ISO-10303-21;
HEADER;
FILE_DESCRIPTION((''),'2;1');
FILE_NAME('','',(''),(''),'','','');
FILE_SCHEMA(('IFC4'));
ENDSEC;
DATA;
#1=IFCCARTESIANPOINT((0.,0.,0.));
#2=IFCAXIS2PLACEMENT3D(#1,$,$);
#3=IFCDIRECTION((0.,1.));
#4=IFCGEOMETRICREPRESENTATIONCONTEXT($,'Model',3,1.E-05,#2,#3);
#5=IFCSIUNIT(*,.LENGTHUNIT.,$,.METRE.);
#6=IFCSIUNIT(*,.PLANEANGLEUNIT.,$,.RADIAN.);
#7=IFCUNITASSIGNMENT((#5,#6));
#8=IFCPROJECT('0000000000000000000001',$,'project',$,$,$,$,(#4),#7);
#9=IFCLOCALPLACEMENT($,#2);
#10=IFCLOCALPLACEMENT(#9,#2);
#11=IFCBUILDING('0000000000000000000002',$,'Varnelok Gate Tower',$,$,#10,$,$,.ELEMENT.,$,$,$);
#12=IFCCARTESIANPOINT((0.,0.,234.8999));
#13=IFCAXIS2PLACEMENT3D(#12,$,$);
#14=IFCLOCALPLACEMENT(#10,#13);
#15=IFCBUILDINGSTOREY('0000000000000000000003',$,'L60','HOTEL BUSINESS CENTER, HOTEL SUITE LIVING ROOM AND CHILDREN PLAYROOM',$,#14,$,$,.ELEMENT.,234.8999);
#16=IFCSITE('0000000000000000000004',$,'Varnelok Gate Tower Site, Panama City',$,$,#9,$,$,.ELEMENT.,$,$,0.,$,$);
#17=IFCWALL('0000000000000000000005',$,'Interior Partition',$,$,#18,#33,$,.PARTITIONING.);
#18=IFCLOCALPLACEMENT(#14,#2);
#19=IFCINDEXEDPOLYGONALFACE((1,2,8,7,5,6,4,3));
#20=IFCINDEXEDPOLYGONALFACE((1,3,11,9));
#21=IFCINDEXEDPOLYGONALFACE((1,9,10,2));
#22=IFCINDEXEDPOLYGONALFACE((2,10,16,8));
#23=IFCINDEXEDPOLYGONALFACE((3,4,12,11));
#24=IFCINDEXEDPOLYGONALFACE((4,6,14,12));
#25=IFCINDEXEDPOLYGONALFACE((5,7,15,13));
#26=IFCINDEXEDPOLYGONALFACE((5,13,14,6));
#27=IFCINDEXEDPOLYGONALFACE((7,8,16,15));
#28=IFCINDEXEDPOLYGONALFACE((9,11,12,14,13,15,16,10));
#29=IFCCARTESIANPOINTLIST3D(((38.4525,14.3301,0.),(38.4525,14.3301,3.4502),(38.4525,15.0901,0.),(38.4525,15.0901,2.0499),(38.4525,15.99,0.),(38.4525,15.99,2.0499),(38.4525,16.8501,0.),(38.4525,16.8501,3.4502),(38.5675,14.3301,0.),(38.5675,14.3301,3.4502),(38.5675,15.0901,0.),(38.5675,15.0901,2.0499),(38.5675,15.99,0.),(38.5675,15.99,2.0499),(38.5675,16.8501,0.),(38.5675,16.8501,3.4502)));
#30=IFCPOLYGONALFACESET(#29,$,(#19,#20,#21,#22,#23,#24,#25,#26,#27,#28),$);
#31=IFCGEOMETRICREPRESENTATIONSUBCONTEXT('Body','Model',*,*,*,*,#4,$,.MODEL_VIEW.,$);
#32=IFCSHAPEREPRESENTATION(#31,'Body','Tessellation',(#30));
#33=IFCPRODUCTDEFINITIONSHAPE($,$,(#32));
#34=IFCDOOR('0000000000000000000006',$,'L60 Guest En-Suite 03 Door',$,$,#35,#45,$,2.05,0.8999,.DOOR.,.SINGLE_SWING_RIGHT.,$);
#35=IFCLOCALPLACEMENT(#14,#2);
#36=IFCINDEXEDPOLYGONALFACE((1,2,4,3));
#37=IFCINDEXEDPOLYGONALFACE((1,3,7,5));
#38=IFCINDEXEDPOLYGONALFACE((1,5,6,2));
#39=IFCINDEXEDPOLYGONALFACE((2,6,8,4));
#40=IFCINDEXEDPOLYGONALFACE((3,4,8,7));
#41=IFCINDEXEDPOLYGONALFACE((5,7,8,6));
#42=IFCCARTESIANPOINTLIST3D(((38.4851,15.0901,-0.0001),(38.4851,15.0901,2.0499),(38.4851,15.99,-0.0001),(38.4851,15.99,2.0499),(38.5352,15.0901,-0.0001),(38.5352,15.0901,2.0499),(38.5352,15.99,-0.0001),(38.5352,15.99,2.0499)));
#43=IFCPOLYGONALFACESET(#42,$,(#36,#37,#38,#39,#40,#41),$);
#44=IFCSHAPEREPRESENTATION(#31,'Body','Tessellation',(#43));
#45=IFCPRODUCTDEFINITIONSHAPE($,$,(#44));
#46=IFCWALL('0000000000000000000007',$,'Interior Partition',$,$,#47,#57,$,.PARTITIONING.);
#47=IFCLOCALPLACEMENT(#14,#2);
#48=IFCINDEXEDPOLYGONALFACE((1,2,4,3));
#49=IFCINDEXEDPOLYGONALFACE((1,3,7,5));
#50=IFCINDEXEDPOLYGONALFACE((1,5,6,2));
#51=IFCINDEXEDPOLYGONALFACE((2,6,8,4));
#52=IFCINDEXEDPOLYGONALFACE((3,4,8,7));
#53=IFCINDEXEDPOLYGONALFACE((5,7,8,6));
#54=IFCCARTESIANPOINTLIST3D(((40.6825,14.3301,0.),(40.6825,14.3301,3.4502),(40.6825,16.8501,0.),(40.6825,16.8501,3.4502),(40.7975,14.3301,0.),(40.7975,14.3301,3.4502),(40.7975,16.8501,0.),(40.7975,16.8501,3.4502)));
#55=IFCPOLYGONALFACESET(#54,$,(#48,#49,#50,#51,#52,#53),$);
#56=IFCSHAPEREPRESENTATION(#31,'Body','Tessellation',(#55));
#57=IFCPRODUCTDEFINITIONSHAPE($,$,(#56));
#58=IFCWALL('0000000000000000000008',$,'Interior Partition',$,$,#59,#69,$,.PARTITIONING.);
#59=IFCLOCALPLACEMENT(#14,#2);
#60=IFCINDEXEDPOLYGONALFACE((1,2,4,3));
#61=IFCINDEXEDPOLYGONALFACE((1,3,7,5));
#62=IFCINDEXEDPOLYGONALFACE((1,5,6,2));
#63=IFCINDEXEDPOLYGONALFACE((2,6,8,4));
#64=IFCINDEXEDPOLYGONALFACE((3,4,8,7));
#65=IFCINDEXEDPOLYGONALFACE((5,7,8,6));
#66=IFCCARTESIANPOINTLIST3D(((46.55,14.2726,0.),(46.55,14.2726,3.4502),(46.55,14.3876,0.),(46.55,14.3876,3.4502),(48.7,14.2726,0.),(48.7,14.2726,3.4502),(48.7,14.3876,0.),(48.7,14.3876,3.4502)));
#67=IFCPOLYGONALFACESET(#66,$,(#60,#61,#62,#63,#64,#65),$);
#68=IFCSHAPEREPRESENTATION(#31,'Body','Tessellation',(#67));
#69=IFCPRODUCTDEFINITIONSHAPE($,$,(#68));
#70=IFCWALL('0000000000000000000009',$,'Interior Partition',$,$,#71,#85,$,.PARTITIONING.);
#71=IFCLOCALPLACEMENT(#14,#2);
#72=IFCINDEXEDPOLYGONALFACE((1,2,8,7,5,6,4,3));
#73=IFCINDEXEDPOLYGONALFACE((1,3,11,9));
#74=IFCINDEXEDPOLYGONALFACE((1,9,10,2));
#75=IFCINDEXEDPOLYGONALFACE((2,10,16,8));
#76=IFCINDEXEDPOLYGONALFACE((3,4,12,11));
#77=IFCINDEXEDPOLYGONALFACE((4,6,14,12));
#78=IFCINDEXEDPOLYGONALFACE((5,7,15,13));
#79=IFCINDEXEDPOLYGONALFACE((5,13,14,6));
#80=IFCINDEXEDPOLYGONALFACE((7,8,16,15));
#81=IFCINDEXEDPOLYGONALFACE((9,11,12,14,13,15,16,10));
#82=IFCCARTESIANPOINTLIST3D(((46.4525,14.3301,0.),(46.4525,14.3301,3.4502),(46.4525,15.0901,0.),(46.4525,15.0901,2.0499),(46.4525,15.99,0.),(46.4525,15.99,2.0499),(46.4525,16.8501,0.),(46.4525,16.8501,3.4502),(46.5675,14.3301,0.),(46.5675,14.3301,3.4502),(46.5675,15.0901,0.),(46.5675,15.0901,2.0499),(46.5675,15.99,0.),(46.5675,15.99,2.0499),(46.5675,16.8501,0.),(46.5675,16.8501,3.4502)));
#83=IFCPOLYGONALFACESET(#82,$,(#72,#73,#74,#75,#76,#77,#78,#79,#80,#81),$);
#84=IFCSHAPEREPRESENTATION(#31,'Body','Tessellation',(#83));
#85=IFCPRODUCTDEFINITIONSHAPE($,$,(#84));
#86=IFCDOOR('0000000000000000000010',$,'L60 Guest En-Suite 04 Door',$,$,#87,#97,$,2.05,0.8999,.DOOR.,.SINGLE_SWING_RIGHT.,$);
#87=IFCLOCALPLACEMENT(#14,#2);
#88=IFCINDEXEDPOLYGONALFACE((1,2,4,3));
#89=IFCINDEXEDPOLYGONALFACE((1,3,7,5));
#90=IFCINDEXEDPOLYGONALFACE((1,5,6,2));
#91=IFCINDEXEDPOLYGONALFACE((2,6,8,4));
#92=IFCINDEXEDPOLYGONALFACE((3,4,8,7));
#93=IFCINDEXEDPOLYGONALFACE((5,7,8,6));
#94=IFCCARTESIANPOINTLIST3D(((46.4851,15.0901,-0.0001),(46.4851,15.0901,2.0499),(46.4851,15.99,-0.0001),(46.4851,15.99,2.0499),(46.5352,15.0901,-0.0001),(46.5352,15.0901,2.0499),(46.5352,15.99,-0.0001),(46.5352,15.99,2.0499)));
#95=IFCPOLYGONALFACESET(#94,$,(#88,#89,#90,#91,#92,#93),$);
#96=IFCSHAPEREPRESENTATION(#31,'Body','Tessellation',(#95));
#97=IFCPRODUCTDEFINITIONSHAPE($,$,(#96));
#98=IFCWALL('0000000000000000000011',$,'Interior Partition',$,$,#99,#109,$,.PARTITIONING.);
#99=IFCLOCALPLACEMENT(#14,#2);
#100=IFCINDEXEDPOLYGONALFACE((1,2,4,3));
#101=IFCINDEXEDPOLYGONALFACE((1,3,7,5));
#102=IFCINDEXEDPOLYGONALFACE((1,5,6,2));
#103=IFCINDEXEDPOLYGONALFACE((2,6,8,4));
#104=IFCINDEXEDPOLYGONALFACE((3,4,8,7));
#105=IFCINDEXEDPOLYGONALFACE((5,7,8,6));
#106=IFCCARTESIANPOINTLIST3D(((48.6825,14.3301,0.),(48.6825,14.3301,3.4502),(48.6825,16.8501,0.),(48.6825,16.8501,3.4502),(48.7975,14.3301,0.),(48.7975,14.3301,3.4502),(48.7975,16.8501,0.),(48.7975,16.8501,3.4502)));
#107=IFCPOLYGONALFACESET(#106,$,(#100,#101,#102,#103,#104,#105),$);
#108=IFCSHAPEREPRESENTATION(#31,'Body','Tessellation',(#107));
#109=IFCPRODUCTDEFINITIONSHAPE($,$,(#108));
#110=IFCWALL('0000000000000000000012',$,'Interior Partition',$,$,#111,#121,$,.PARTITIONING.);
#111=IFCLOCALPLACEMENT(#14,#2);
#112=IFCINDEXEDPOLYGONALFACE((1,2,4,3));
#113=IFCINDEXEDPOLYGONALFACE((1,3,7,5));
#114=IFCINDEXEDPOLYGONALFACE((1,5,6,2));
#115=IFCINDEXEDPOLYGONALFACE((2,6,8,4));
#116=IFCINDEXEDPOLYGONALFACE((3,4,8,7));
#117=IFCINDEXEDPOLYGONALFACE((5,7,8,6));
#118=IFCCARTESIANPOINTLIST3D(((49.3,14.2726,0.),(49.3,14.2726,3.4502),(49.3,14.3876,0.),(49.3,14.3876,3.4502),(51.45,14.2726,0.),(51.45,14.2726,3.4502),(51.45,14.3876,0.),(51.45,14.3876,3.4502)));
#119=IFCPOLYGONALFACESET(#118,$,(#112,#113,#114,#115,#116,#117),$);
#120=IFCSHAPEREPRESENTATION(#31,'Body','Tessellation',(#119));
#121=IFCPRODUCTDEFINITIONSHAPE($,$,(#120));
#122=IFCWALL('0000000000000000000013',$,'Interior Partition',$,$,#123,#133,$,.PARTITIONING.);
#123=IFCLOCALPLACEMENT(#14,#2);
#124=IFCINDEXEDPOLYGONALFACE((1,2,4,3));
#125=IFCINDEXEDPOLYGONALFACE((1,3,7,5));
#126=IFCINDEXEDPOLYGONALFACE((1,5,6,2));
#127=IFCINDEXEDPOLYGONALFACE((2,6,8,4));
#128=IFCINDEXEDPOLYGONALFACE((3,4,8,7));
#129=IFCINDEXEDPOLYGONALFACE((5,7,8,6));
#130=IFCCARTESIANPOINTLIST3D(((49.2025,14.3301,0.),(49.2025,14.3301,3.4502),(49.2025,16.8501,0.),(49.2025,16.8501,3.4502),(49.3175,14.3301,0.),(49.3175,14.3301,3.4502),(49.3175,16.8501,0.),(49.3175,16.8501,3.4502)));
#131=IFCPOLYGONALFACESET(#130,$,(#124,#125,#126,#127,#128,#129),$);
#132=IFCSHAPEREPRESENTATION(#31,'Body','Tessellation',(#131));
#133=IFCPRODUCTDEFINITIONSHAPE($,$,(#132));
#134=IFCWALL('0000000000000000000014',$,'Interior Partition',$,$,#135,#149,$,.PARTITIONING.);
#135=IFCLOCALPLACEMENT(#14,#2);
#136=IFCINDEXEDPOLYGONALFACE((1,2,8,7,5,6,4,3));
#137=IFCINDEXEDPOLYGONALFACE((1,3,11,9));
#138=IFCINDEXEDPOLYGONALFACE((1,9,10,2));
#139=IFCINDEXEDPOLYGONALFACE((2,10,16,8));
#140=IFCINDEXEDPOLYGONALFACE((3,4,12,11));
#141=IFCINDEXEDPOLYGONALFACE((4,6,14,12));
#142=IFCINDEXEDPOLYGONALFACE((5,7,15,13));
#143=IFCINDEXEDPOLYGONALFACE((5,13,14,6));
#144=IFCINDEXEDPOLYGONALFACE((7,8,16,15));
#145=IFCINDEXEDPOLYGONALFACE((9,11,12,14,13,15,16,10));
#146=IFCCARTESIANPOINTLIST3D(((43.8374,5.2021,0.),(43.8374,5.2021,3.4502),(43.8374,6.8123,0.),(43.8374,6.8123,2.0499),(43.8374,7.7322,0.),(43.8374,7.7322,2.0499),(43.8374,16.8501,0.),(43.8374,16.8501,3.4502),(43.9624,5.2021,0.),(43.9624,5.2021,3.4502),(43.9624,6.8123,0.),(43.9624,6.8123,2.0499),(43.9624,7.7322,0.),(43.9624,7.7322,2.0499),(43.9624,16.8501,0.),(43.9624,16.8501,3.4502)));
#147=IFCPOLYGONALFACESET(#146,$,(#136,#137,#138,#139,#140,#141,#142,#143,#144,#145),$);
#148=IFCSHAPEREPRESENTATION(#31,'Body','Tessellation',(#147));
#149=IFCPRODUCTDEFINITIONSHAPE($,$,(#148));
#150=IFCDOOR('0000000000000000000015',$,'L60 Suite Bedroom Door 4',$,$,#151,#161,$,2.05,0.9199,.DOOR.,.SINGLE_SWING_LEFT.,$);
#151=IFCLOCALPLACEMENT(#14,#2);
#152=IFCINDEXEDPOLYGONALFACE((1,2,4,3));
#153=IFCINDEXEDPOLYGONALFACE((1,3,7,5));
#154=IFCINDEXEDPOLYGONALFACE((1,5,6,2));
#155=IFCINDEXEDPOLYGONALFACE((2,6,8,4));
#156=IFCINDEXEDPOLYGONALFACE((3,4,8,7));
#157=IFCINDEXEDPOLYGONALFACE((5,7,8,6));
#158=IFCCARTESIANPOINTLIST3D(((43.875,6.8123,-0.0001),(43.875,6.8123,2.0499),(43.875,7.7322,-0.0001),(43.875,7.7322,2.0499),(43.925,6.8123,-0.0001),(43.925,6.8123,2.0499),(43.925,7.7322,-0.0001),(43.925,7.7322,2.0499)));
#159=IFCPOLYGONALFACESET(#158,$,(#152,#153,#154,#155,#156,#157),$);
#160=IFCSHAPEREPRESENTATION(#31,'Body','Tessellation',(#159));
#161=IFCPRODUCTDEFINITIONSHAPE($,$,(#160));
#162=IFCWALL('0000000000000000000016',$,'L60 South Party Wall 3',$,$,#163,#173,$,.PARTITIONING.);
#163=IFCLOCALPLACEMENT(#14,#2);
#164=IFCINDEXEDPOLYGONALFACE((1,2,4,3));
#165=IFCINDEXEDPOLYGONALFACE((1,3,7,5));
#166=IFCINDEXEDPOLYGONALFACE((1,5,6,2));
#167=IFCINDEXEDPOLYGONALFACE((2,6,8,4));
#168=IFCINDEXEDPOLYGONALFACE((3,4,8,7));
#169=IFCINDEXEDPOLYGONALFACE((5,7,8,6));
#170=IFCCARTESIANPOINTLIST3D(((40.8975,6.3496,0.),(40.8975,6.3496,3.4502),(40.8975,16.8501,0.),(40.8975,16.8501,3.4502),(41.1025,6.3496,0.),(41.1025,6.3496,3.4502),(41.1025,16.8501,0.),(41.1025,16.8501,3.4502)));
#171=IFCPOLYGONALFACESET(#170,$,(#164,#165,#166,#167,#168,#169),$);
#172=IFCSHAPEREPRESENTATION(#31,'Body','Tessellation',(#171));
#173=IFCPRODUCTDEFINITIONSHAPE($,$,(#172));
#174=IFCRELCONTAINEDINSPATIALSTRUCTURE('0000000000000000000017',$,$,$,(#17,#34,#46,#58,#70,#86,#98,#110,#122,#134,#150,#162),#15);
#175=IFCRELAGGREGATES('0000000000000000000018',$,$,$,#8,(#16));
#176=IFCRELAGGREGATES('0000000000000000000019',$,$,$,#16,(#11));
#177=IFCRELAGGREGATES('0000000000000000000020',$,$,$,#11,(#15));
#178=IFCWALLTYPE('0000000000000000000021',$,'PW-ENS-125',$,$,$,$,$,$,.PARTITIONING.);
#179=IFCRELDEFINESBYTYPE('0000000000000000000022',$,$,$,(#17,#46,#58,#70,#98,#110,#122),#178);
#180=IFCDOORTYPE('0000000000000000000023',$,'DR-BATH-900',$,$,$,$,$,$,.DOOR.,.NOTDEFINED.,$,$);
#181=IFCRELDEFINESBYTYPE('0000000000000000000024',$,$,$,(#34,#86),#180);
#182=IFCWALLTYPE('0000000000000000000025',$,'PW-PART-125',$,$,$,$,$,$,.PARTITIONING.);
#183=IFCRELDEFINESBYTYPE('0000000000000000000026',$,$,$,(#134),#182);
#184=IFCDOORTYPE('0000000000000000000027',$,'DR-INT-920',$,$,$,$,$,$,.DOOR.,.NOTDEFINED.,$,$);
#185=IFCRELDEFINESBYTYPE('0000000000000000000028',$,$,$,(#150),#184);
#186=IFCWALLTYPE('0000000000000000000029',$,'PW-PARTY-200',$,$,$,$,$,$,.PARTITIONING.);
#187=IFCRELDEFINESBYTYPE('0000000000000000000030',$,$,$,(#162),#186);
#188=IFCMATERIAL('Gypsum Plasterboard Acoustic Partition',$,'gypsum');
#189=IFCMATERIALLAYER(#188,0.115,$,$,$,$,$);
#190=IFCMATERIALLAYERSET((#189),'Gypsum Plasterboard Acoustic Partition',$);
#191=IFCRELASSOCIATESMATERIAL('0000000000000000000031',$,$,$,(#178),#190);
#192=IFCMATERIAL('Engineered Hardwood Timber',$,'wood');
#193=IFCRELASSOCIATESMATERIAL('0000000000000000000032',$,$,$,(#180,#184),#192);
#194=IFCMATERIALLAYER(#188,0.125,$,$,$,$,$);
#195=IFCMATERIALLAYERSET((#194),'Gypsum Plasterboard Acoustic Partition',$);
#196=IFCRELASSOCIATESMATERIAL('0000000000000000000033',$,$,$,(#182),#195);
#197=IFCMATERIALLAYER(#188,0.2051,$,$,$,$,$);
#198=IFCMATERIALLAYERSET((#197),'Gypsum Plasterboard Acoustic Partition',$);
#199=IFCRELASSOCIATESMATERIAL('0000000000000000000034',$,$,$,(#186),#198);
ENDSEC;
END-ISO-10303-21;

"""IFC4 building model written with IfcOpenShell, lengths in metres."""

from ifc_helpers import new_model, si_unit, direction, frame, frame_2d, origin, place, context, subcontext, project, spatial, rectangle, extrude, material, layer, layer_set, type_object, element, fill, save


model = new_model("IFC4")

# Units and contexts
model_context = context("Model", 3, precision=1e-05, world=origin(), true_north=direction((0.0, 1.0)))
body_context = subcontext(model_context, "Body", "Model", "MODEL_VIEW")
ifc_project = project(units=[si_unit("LENGTHUNIT", "METRE"), si_unit("PLANEANGLEUNIT", "RADIAN")], contexts=[model_context])

# Site, building, storey
site_placement = place(None, origin())
site = spatial("IfcSite", under=ifc_project, at=site_placement, Name="Varnelok Gate Tower Site, Panama City", CompositionType="ELEMENT", RefElevation=0.0)
building_placement = place(site_placement, origin())
building = spatial("IfcBuilding", under=site, at=building_placement, Name="Varnelok Gate Tower", CompositionType="ELEMENT")
storey_placement = place(building_placement, frame((0.0, 0.0, 234.8999)))
storey = spatial("IfcBuildingStorey", under=building, at=storey_placement, Name="L60", Description="HOTEL BUSINESS CENTER, HOTEL SUITE LIVING ROOM AND CHILDREN PLAYROOM", CompositionType="ELEMENT", Elevation=234.8999)

# Shared definitions
ifc_material_1 = material(Name="Gypsum Plasterboard Acoustic Partition", Category="gypsum")
ifc_material_2 = material(Name="Engineered Hardwood Timber", Category="wood")

# Shared definitions
ifc_layer_1 = layer(ifc_material_1, 0.115)
ifc_layer_set_1 = layer_set([ifc_layer_1], Name="Gypsum Plasterboard Acoustic Partition")
wall_type_1 = type_object("IfcWallType", Name="PW-ENS-125", PredefinedType="PARTITIONING", material=ifc_layer_set_1)

# Wall, opening, door
wall_1_placement = place(storey_placement, frame((38.51, 14.3301, 0.0), z_axis=(0.0, 0.0, 1.0), x_axis=(0.0, 1.0, 0.0)))
wall_1 = element("IfcWall", 1, at=wall_1_placement, inside=storey, type_object=wall_type_1, Name="Interior Partition", PredefinedType="PARTITIONING", context=body_context, shape_type="SweptSolid", body=[
    extrude(rectangle(XDim=2.52, YDim=0.115, at=frame_2d((1.26, 0.0))), origin(), (0.0, 0.0, 1.0), 3.4502),
])
opening_1_placement = place(wall_1_placement, frame((0.76, 0.0, 0.0)))
opening_1 = element("IfcOpeningElement", 2, at=opening_1_placement, cuts=wall_1, PredefinedType="OPENING", context=body_context, shape_type="SweptSolid", body=[
    extrude(rectangle(XDim=0.8999, YDim=2.05, at=frame_2d((0.45, 1.0249))), frame((0.0, 0.0674, 0.0), z_axis=(0.0, -1.0, 0.0), x_axis=(1.0, 0.0, 0.0)), (0.0, 0.0, 1.0), 0.135),
])
door_type_1 = type_object("IfcDoorType", Name="DR-BATH-900", OperationType="NOTDEFINED", PredefinedType="DOOR", material=ifc_material_2)
door_1_placement = place(opening_1_placement, origin())
door_1 = element("IfcDoor", 3, at=door_1_placement, inside=storey, type_object=door_type_1, Name="L60 Guest En-Suite 03 Door", OperationType="SINGLE_SWING_RIGHT", OverallHeight=2.05, OverallWidth=0.8999, PredefinedType="DOOR", context=body_context, shape_type="SweptSolid", body=[
    extrude(rectangle(XDim=0.8999, YDim=2.05, at=frame_2d((0.45, 1.0249))), frame((0.0, 0.0249, 0.0), z_axis=(0.0, -1.0, 0.0), x_axis=(1.0, 0.0, 0.0)), (0.0, 0.0, 1.0), 0.05),
])
fill(opening_1, door_1)

# Walls
wall_2_placement = place(storey_placement, frame((40.74, 14.3301, 0.0), z_axis=(0.0, 0.0, 1.0), x_axis=(0.0, 1.0, 0.0)))
element("IfcWall", 4, at=wall_2_placement, inside=storey, type_object=wall_type_1, Name="Interior Partition", PredefinedType="PARTITIONING", context=body_context, shape_type="SweptSolid", body=[
    extrude(rectangle(XDim=2.52, YDim=0.115, at=frame_2d((1.26, 0.0))), origin(), (0.0, 0.0, 1.0), 3.4502),
])
wall_3_placement = place(storey_placement, frame((46.55, 14.3301, 0.0), z_axis=(0.0, 0.0, 1.0), x_axis=(1.0, 0.0, 0.0)))
element("IfcWall", 5, at=wall_3_placement, inside=storey, type_object=wall_type_1, Name="Interior Partition", PredefinedType="PARTITIONING", context=body_context, shape_type="SweptSolid", body=[
    extrude(rectangle(XDim=2.1499, YDim=0.115, at=frame_2d((1.075, 0.0))), origin(), (0.0, 0.0, 1.0), 3.4502),
])

# Wall, opening, door
wall_4_placement = place(storey_placement, frame((46.51, 14.3301, 0.0), z_axis=(0.0, 0.0, 1.0), x_axis=(0.0, 1.0, 0.0)))
wall_4 = element("IfcWall", 6, at=wall_4_placement, inside=storey, type_object=wall_type_1, Name="Interior Partition", PredefinedType="PARTITIONING", context=body_context, shape_type="SweptSolid", body=[
    extrude(rectangle(XDim=2.52, YDim=0.115, at=frame_2d((1.26, 0.0))), origin(), (0.0, 0.0, 1.0), 3.4502),
])
opening_2_placement = place(wall_4_placement, frame((0.76, 0.0, 0.0)))
opening_2 = element("IfcOpeningElement", 7, at=opening_2_placement, cuts=wall_4, PredefinedType="OPENING", context=body_context, shape_type="SweptSolid", body=[
    extrude(rectangle(XDim=0.8999, YDim=2.05, at=frame_2d((0.45, 1.0249))), frame((0.0, 0.0674, 0.0), z_axis=(0.0, -1.0, 0.0), x_axis=(1.0, 0.0, 0.0)), (0.0, 0.0, 1.0), 0.135),
])
door_2_placement = place(opening_2_placement, origin())
door_2 = element("IfcDoor", 8, at=door_2_placement, inside=storey, type_object=door_type_1, Name="L60 Guest En-Suite 04 Door", OperationType="SINGLE_SWING_RIGHT", OverallHeight=2.05, OverallWidth=0.8999, PredefinedType="DOOR", context=body_context, shape_type="SweptSolid", body=[
    extrude(rectangle(XDim=0.8999, YDim=2.05, at=frame_2d((0.45, 1.0249))), frame((0.0, 0.0249, 0.0), z_axis=(0.0, -1.0, 0.0), x_axis=(1.0, 0.0, 0.0)), (0.0, 0.0, 1.0), 0.05),
])
fill(opening_2, door_2)

# Walls
wall_5_placement = place(storey_placement, frame((48.74, 14.3301, 0.0), z_axis=(0.0, 0.0, 1.0), x_axis=(0.0, 1.0, 0.0)))
element("IfcWall", 9, at=wall_5_placement, inside=storey, type_object=wall_type_1, Name="Interior Partition", PredefinedType="PARTITIONING", context=body_context, shape_type="SweptSolid", body=[
    extrude(rectangle(XDim=2.52, YDim=0.115, at=frame_2d((1.26, 0.0))), origin(), (0.0, 0.0, 1.0), 3.4502),
])
wall_6_placement = place(storey_placement, frame((49.3, 14.3301, 0.0), z_axis=(0.0, 0.0, 1.0), x_axis=(1.0, 0.0, 0.0)))
element("IfcWall", 10, at=wall_6_placement, inside=storey, type_object=wall_type_1, Name="Interior Partition", PredefinedType="PARTITIONING", context=body_context, shape_type="SweptSolid", body=[
    extrude(rectangle(XDim=2.1499, YDim=0.115, at=frame_2d((1.075, 0.0))), origin(), (0.0, 0.0, 1.0), 3.4502),
])
wall_7_placement = place(storey_placement, frame((49.26, 14.3301, 0.0), z_axis=(0.0, 0.0, 1.0), x_axis=(0.0, 1.0, 0.0)))
element("IfcWall", 11, at=wall_7_placement, inside=storey, type_object=wall_type_1, Name="Interior Partition", PredefinedType="PARTITIONING", context=body_context, shape_type="SweptSolid", body=[
    extrude(rectangle(XDim=2.52, YDim=0.115, at=frame_2d((1.26, 0.0))), origin(), (0.0, 0.0, 1.0), 3.4502),
])

# Wall, opening, door
ifc_layer_2 = layer(ifc_material_1, 0.125)
ifc_layer_set_2 = layer_set([ifc_layer_2], Name="Gypsum Plasterboard Acoustic Partition")
wall_type_2 = type_object("IfcWallType", Name="PW-PART-125", PredefinedType="PARTITIONING", material=ifc_layer_set_2)
wall_8_placement = place(storey_placement, frame((43.8999, 5.2021, 0.0), z_axis=(0.0, 0.0, 1.0), x_axis=(0.0, 1.0, 0.0)))
wall_8 = element("IfcWall", 12, at=wall_8_placement, inside=storey, type_object=wall_type_2, Name="Interior Partition", PredefinedType="PARTITIONING", context=body_context, shape_type="SweptSolid", body=[
    extrude(rectangle(XDim=11.6479, YDim=0.125, at=frame_2d((5.824, 0.0))), origin(), (0.0, 0.0, 1.0), 3.4502),
])
opening_3_placement = place(wall_8_placement, frame((1.6101, 0.0, 0.0)))
opening_3 = element("IfcOpeningElement", 13, at=opening_3_placement, cuts=wall_8, PredefinedType="OPENING", context=body_context, shape_type="SweptSolid", body=[
    extrude(rectangle(XDim=0.9199, YDim=2.05, at=frame_2d((0.46, 1.0249))), frame((0.0, 0.0725, 0.0), z_axis=(0.0, -1.0, 0.0), x_axis=(1.0, 0.0, 0.0)), (0.0, 0.0, 1.0), 0.145),
])
door_type_2 = type_object("IfcDoorType", Name="DR-INT-920", OperationType="NOTDEFINED", PredefinedType="DOOR", material=ifc_material_2)
door_3_placement = place(opening_3_placement, origin())
door_3 = element("IfcDoor", 14, at=door_3_placement, inside=storey, type_object=door_type_2, Name="L60 Suite Bedroom Door 4", OperationType="SINGLE_SWING_LEFT", OverallHeight=2.05, OverallWidth=0.9199, PredefinedType="DOOR", context=body_context, shape_type="SweptSolid", body=[
    extrude(rectangle(XDim=0.9199, YDim=2.05, at=frame_2d((0.46, 1.0249))), frame((0.0, 0.0249, 0.0), z_axis=(0.0, -1.0, 0.0), x_axis=(1.0, 0.0, 0.0)), (0.0, 0.0, 1.0), 0.05),
])
fill(opening_3, door_3)

# Wall
ifc_layer_3 = layer(ifc_material_1, 0.2051)
ifc_layer_set_3 = layer_set([ifc_layer_3], Name="Gypsum Plasterboard Acoustic Partition")
wall_type_3 = type_object("IfcWallType", Name="PW-PARTY-200", PredefinedType="PARTITIONING", material=ifc_layer_set_3)
wall_9_placement = place(storey_placement, frame((41.0, 6.3496, 0.0), z_axis=(0.0, 0.0, 1.0), x_axis=(0.0, 1.0, 0.0)))
element("IfcWall", 15, at=wall_9_placement, inside=storey, type_object=wall_type_3, Name="L60 South Party Wall 3", PredefinedType="PARTITIONING", context=body_context, shape_type="SweptSolid", body=[
    extrude(rectangle(XDim=10.5005, YDim=0.2051, at=frame_2d((5.2502, 0.0))), origin(), (0.0, 0.0, 1.0), 3.4502),
])

save(model, "model.ifc")
